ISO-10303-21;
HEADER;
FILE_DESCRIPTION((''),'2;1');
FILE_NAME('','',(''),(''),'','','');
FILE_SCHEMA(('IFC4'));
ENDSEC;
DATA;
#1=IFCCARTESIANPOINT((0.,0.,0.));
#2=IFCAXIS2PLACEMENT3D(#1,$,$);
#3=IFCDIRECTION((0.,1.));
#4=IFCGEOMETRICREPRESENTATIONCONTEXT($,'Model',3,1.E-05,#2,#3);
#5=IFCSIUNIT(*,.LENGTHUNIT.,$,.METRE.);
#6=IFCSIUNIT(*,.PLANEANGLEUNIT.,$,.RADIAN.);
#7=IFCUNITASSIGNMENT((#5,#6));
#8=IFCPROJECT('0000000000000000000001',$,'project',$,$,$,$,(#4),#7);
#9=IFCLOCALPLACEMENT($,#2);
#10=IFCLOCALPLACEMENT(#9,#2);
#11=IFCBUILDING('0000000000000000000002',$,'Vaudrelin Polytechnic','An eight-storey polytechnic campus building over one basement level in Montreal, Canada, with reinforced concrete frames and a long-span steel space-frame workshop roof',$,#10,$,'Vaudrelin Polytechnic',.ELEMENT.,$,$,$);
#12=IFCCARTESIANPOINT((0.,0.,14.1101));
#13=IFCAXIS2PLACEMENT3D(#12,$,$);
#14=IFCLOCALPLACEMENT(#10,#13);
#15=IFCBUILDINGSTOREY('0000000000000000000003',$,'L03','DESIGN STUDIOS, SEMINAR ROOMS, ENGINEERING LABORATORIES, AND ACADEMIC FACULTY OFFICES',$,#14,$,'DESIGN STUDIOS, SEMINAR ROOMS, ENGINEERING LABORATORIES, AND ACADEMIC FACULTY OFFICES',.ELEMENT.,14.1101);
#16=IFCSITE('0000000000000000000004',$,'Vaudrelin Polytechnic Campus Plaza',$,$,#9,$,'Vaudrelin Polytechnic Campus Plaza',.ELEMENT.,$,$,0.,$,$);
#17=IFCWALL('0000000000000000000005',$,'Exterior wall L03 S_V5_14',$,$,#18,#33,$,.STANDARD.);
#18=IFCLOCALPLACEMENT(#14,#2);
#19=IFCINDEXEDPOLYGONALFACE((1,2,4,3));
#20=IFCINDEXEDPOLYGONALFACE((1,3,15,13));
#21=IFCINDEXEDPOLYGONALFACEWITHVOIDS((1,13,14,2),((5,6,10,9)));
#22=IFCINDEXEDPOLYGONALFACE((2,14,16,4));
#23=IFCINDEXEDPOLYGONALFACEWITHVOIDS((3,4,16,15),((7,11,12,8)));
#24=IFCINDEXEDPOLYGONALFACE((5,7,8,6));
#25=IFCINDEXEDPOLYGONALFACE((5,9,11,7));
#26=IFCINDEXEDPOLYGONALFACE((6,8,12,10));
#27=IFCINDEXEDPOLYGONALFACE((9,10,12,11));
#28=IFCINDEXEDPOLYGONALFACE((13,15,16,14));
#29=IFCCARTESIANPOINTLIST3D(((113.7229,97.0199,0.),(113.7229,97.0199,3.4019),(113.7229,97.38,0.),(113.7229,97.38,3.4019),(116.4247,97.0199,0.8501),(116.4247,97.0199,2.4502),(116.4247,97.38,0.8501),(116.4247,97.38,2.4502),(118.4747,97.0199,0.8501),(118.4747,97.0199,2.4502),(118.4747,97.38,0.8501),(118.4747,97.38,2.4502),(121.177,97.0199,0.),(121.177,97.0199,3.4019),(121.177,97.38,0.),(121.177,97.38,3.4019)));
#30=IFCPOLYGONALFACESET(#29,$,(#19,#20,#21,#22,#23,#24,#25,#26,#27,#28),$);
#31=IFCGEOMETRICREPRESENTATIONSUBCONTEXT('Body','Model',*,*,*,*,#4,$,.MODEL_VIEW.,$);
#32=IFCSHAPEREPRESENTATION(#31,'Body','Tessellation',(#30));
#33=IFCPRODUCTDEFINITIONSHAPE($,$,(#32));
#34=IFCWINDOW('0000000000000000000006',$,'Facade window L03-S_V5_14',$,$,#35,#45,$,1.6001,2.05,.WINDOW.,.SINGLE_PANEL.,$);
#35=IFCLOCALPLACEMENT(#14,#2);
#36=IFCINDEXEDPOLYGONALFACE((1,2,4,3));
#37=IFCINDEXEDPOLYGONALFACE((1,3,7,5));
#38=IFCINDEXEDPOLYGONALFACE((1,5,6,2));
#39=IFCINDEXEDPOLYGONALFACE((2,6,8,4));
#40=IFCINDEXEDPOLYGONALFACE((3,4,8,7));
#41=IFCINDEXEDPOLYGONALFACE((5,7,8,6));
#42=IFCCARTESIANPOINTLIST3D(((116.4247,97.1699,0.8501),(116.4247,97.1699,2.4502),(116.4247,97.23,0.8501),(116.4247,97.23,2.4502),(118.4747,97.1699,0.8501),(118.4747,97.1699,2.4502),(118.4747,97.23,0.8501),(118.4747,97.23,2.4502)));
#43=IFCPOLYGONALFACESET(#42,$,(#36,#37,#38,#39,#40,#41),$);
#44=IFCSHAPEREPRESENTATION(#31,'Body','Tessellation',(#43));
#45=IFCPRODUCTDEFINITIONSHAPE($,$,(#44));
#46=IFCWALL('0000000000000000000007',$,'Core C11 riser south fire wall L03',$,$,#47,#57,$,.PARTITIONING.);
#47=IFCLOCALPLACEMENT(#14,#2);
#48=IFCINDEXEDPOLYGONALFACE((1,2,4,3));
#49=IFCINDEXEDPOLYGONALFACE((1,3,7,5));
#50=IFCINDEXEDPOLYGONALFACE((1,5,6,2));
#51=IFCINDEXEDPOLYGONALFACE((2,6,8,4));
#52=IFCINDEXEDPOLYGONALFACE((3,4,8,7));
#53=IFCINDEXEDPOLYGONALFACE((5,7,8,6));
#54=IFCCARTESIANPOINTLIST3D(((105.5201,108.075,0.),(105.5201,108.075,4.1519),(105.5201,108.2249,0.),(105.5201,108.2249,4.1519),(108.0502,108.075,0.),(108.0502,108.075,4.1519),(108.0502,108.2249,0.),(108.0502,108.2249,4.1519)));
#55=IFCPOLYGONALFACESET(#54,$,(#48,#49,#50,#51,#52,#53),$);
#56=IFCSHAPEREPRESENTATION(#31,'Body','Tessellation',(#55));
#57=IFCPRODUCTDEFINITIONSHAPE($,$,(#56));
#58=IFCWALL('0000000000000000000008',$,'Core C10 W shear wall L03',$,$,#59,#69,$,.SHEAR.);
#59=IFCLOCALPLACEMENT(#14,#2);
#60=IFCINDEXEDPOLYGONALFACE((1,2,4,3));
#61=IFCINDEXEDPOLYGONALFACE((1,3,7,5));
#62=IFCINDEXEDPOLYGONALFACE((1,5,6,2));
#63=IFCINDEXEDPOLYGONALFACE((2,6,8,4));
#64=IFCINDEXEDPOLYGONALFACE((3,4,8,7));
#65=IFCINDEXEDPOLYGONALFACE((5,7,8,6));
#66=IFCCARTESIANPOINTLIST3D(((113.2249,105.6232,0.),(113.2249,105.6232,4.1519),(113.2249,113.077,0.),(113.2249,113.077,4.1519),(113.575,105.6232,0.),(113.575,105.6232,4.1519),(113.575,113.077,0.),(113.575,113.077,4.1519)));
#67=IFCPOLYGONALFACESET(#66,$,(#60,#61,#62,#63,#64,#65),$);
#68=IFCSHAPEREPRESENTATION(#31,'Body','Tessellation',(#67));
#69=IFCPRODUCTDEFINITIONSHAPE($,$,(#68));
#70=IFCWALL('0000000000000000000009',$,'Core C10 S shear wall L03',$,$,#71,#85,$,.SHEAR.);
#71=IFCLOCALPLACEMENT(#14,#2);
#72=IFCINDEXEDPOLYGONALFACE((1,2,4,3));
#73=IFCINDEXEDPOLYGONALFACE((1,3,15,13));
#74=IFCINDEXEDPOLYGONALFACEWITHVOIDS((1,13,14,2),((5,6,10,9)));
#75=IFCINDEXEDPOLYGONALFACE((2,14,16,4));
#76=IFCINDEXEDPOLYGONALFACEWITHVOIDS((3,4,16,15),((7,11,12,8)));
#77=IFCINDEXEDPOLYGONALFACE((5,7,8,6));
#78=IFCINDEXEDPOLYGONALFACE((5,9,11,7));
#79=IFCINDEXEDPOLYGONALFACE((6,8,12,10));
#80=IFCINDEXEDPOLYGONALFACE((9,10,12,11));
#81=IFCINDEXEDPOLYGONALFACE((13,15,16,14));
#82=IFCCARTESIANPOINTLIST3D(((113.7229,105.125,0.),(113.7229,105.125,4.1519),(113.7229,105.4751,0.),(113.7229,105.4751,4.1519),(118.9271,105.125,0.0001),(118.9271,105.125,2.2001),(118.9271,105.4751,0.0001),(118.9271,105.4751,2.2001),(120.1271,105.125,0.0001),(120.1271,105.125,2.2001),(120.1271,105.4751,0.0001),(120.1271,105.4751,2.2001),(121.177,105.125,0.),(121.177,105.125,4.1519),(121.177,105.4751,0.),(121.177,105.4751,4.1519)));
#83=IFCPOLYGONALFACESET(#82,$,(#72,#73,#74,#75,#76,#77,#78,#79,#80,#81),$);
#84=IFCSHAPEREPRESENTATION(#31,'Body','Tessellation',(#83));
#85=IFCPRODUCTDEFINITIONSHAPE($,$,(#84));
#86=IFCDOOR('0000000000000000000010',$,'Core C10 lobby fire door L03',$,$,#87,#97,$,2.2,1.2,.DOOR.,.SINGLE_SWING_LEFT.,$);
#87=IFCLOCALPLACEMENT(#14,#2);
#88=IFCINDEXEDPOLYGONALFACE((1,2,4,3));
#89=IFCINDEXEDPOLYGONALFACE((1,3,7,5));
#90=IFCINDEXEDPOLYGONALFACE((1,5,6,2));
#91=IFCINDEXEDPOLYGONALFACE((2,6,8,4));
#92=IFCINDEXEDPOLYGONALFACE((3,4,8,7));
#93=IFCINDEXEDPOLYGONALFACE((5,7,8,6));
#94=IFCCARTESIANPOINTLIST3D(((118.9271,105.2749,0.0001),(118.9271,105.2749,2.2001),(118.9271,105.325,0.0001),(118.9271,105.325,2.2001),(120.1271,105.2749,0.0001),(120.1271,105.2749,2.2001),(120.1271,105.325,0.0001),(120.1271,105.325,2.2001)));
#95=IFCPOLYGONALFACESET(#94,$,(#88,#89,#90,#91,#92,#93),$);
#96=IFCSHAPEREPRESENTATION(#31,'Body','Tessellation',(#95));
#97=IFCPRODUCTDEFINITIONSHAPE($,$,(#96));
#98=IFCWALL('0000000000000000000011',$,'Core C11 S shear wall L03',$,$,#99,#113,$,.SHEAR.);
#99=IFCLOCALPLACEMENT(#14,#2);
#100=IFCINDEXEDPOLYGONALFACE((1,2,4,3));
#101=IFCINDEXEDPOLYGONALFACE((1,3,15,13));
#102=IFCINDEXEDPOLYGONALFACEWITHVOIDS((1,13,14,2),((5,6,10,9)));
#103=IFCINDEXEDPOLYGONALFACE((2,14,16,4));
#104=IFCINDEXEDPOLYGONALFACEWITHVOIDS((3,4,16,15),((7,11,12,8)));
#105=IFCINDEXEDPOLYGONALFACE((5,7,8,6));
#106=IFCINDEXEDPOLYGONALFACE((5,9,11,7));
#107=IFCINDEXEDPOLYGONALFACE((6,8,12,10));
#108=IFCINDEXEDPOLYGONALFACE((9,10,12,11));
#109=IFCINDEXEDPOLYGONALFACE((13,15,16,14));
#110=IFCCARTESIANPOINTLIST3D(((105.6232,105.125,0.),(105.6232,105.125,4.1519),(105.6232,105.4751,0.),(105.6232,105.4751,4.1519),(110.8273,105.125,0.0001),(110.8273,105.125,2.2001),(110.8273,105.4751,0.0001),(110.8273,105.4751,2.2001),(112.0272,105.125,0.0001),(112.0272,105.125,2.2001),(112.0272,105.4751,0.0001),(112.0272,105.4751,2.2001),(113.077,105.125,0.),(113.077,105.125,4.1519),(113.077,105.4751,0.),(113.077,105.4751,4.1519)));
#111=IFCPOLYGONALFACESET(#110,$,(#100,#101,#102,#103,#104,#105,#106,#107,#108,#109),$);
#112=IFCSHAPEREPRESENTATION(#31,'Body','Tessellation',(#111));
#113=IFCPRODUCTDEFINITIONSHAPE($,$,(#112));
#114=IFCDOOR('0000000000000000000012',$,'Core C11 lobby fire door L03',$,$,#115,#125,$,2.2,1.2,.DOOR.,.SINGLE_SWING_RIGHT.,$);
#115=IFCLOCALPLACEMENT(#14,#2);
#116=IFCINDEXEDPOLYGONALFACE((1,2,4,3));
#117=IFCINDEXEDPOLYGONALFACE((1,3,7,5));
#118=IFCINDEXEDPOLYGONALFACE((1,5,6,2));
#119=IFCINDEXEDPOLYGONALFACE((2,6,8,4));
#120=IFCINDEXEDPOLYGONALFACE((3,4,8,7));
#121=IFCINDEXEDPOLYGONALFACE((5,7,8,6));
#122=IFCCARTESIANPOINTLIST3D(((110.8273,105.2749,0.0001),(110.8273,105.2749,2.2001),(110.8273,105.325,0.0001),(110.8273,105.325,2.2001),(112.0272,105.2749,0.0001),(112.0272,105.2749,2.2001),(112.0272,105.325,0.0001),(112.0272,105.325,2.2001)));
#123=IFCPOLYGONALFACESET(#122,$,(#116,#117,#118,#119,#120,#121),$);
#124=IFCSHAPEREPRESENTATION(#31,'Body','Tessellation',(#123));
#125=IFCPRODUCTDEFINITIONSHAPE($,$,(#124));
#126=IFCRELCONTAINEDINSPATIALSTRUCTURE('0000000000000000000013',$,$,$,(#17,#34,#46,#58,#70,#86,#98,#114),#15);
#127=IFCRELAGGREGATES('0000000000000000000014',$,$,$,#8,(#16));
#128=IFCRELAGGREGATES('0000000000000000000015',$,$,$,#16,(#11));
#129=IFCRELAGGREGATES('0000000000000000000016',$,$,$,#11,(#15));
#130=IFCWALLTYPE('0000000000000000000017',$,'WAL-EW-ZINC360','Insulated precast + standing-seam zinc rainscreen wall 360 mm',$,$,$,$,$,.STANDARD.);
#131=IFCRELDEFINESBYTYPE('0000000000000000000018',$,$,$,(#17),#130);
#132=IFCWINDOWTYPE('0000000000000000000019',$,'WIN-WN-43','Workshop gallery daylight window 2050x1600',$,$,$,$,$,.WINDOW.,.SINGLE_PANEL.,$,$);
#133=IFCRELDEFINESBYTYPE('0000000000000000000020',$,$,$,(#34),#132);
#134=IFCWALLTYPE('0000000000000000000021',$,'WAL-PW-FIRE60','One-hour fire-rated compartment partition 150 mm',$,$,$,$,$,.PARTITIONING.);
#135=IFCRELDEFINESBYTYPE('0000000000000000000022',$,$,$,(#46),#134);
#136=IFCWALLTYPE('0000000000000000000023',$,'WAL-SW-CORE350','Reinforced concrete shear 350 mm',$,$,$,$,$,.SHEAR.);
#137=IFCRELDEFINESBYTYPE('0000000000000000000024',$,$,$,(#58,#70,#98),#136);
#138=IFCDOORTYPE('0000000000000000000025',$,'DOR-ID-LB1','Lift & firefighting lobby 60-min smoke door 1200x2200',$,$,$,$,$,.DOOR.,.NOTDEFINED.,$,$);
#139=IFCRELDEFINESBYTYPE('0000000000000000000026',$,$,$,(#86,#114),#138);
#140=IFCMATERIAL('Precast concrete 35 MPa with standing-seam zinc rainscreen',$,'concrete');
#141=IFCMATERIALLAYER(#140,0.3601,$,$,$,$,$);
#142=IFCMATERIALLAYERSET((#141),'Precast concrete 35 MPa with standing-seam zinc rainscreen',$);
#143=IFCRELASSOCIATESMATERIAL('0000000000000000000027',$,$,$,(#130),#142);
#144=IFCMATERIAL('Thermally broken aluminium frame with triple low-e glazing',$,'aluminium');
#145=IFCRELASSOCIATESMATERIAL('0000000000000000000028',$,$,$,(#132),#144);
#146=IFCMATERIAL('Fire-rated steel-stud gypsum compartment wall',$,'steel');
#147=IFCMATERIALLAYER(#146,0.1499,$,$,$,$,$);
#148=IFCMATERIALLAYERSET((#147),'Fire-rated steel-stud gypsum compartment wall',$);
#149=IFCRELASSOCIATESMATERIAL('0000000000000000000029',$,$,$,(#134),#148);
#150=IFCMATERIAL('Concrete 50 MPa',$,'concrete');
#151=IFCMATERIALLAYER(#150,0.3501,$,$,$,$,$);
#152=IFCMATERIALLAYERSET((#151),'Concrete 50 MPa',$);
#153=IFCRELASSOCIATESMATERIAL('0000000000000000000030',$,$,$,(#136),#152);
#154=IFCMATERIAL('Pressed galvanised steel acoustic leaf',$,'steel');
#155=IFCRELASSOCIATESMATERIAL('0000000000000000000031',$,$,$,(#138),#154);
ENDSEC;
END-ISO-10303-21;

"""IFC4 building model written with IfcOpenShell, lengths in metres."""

from ifc_helpers import new_model, si_unit, direction, frame, frame_2d, origin, place, context, subcontext, project, spatial, rectangle, extrude, material, layer, layer_set, type_object, element, fill, save


model = new_model("IFC4")

# Units and contexts
model_context = context("Model", 3, precision=1e-05, world=origin(), true_north=direction((0.0, 1.0)))
body_context = subcontext(model_context, "Body", "Model", "MODEL_VIEW")
ifc_project = project(units=[si_unit("LENGTHUNIT", "METRE"), si_unit("PLANEANGLEUNIT", "RADIAN")], contexts=[model_context])

# Site, building, storey
site_placement = place(None, origin())
site = spatial("IfcSite", under=ifc_project, at=site_placement, Name="Vaudrelin Polytechnic Campus Plaza", LongName="Vaudrelin Polytechnic Campus Plaza", CompositionType="ELEMENT", RefElevation=0.0)
building_placement = place(site_placement, origin())
building = spatial("IfcBuilding", under=site, at=building_placement, Name="Vaudrelin Polytechnic", Description="An eight-storey polytechnic campus building over one basement level in Montreal, Canada, with reinforced concrete frames and a long-span steel space-frame workshop roof", LongName="Vaudrelin Polytechnic", CompositionType="ELEMENT")
storey_placement = place(building_placement, frame((0.0, 0.0, 14.1101)))
storey = spatial("IfcBuildingStorey", under=building, at=storey_placement, Name="L03", Description="DESIGN STUDIOS, SEMINAR ROOMS, ENGINEERING LABORATORIES, AND ACADEMIC FACULTY OFFICES", LongName="DESIGN STUDIOS, SEMINAR ROOMS, ENGINEERING LABORATORIES, AND ACADEMIC FACULTY OFFICES", CompositionType="ELEMENT", Elevation=14.1101)

# Shared definitions
ifc_material_1 = material(Name="Concrete 50 MPa", Category="concrete")

# Wall, opening, window
ifc_material_2 = material(Name="Precast concrete 35 MPa with standing-seam zinc rainscreen", Category="concrete")
ifc_layer_1 = layer(ifc_material_2, 0.3601)
ifc_layer_set_1 = layer_set([ifc_layer_1], Name="Precast concrete 35 MPa with standing-seam zinc rainscreen")
wall_type_1 = type_object("IfcWallType", Name="WAL-EW-ZINC360", Description="Insulated precast + standing-seam zinc rainscreen wall 360 mm", PredefinedType="STANDARD", material=ifc_layer_set_1)
ifc_material_3 = material(Name="Thermally broken aluminium frame with triple low-e glazing", Category="aluminium")
wall_1_placement = place(storey_placement, frame((113.7229, 97.2, 0.0), z_axis=(0.0, 0.0, 1.0), x_axis=(1.0, 0.0, 0.0)))
wall_1 = element("IfcWall", 1, at=wall_1_placement, inside=storey, type_object=wall_type_1, Name="Exterior wall L03 S_V5_14", PredefinedType="STANDARD", context=body_context, shape_type="SweptSolid", body=[
    extrude(rectangle(XDim=7.4541, YDim=0.3601, at=frame_2d((3.7271, 0.0))), origin(), (0.0, 0.0, 1.0), 3.4019),
])
opening_1_placement = place(wall_1_placement, frame((2.7019, 0.0, 0.8501)))
opening_1 = element("IfcOpeningElement", 2, at=opening_1_placement, cuts=wall_1, PredefinedType="OPENING", context=body_context, shape_type="SweptSolid", body=[
    extrude(rectangle(XDim=2.05, YDim=1.6001, at=frame_2d((1.0249, 0.8))), frame((0.0, 0.1899, 0.0), z_axis=(0.0, -1.0, 0.0), x_axis=(1.0, 0.0, 0.0)), (0.0, 0.0, 1.0), 0.3801),
])
window_type_1 = type_object("IfcWindowType", Name="WIN-WN-43", Description="Workshop gallery daylight window 2050x1600", PartitioningType="SINGLE_PANEL", PredefinedType="WINDOW", material=ifc_material_3)
window_1_placement = place(opening_1_placement, origin())
window_1 = element("IfcWindow", 3, at=window_1_placement, inside=storey, type_object=window_type_1, Name="Facade window L03-S_V5_14", OverallHeight=1.6001, OverallWidth=2.05, PartitioningType="SINGLE_PANEL", PredefinedType="WINDOW", context=body_context, shape_type="SweptSolid", body=[
    extrude(rectangle(XDim=2.05, YDim=1.6001, at=frame_2d((1.0249, 0.8))), frame((0.0, 0.03, 0.0), z_axis=(0.0, -1.0, 0.0), x_axis=(1.0, 0.0, 0.0)), (0.0, 0.0, 1.0), 0.0601),
])
fill(opening_1, window_1)

# Shared definitions
ifc_material_4 = material(Name="Fire-rated steel-stud gypsum compartment wall", Category="steel")
ifc_layer_2 = layer(ifc_material_4, 0.1499)
ifc_layer_set_2 = layer_set([ifc_layer_2], Name="Fire-rated steel-stud gypsum compartment wall")
wall_type_2 = type_object("IfcWallType", Name="WAL-PW-FIRE60", Description="One-hour fire-rated compartment partition 150 mm", PredefinedType="PARTITIONING", material=ifc_layer_set_2)
ifc_material_5 = material(Name="Pressed galvanised steel acoustic leaf", Category="steel")

# Wall
wall_2_placement = place(storey_placement, frame((105.52, 108.1499, 0.0), z_axis=(0.0, 0.0, 1.0), x_axis=(1.0, 0.0, 0.0)))
element("IfcWall", 4, at=wall_2_placement, inside=storey, type_object=wall_type_2, Name="Core C11 riser south fire wall L03", PredefinedType="PARTITIONING", context=body_context, shape_type="SweptSolid", body=[
    extrude(rectangle(XDim=2.53, YDim=0.1499, at=frame_2d((1.2651, 0.0))), origin(), (0.0, 0.0, 1.0), 4.1519),
])

# Wall
ifc_layer_3 = layer(ifc_material_1, 0.3501)
ifc_layer_set_3 = layer_set([ifc_layer_3], Name="Concrete 50 MPa")
wall_type_3 = type_object("IfcWallType", Name="WAL-SW-CORE350", Description="Reinforced concrete shear 350 mm", PredefinedType="SHEAR", material=ifc_layer_set_3)
wall_3_placement = place(storey_placement, frame((113.3999, 105.623, 0.0), z_axis=(0.0, 0.0, 1.0), x_axis=(0.0, 1.0, 0.0)))
element("IfcWall", 5, at=wall_3_placement, inside=storey, type_object=wall_type_3, Name="Core C10 W shear wall L03", PredefinedType="SHEAR", context=body_context, shape_type="SweptSolid", body=[
    extrude(rectangle(XDim=7.4539, YDim=0.3501, at=frame_2d((3.7271, 0.0))), origin(), (0.0, 0.0, 1.0), 4.1519),
])

# Walls, openings, doors
wall_4_placement = place(storey_placement, frame((113.7229, 105.3, 0.0), z_axis=(0.0, 0.0, 1.0), x_axis=(1.0, 0.0, 0.0)))
wall_4 = element("IfcWall", 6, at=wall_4_placement, inside=storey, type_object=wall_type_3, Name="Core C10 S shear wall L03", PredefinedType="SHEAR", context=body_context, shape_type="SweptSolid", body=[
    extrude(rectangle(XDim=7.4541, YDim=0.3501, at=frame_2d((3.7271, 0.0))), origin(), (0.0, 0.0, 1.0), 4.1519),
])
opening_2_placement = place(wall_4_placement, frame((5.2041, 0.0, 0.0)))
opening_2 = element("IfcOpeningElement", 7, at=opening_2_placement, cuts=wall_4, PredefinedType="OPENING", context=body_context, shape_type="SweptSolid", body=[
    extrude(rectangle(XDim=1.2, YDim=2.2, at=frame_2d((0.6001, 1.1001))), frame((0.0, 0.1851, 0.0), z_axis=(0.0, -1.0, 0.0), x_axis=(1.0, 0.0, 0.0)), (0.0, 0.0, 1.0), 0.3701),
])
door_type_1 = type_object("IfcDoorType", Name="DOR-ID-LB1", Description="Lift & firefighting lobby 60-min smoke door 1200x2200", OperationType="NOTDEFINED", PredefinedType="DOOR", material=ifc_material_5)
door_1_placement = place(opening_2_placement, origin())
door_1 = element("IfcDoor", 8, at=door_1_placement, inside=storey, type_object=door_type_1, Name="Core C10 lobby fire door L03", OperationType="SINGLE_SWING_LEFT", OverallHeight=2.2, OverallWidth=1.2, PredefinedType="DOOR", context=body_context, shape_type="SweptSolid", body=[
    extrude(rectangle(XDim=1.2, YDim=2.2, at=frame_2d((0.6001, 1.1001))), frame((0.0, 0.0249, 0.0), z_axis=(0.0, -1.0, 0.0), x_axis=(1.0, 0.0, 0.0)), (0.0, 0.0, 1.0), 0.05),
])
fill(opening_2, door_1)
wall_5_placement = place(storey_placement, frame((105.623, 105.3, 0.0), z_axis=(0.0, 0.0, 1.0), x_axis=(1.0, 0.0, 0.0)))
wall_5 = element("IfcWall", 9, at=wall_5_placement, inside=storey, type_object=wall_type_3, Name="Core C11 S shear wall L03", PredefinedType="SHEAR", context=body_context, shape_type="SweptSolid", body=[
    extrude(rectangle(XDim=7.4539, YDim=0.3501, at=frame_2d((3.7271, 0.0))), origin(), (0.0, 0.0, 1.0), 4.1519),
])
opening_3_placement = place(wall_5_placement, frame((5.2041, 0.0, 0.0)))
opening_3 = element("IfcOpeningElement", 10, at=opening_3_placement, cuts=wall_5, PredefinedType="OPENING", context=body_context, shape_type="SweptSolid", body=[
    extrude(rectangle(XDim=1.2, YDim=2.2, at=frame_2d((0.6001, 1.1001))), frame((0.0, 0.1851, 0.0), z_axis=(0.0, -1.0, 0.0), x_axis=(1.0, 0.0, 0.0)), (0.0, 0.0, 1.0), 0.3701),
])
door_2_placement = place(opening_3_placement, origin())
door_2 = element("IfcDoor", 11, at=door_2_placement, inside=storey, type_object=door_type_1, Name="Core C11 lobby fire door L03", OperationType="SINGLE_SWING_RIGHT", OverallHeight=2.2, OverallWidth=1.2, PredefinedType="DOOR", context=body_context, shape_type="SweptSolid", body=[
    extrude(rectangle(XDim=1.2, YDim=2.2, at=frame_2d((0.6001, 1.1001))), frame((0.0, 0.0249, 0.0), z_axis=(0.0, -1.0, 0.0), x_axis=(1.0, 0.0, 0.0)), (0.0, 0.0, 1.0), 0.05),
])
fill(opening_3, door_2)

save(model, "model.ifc")
